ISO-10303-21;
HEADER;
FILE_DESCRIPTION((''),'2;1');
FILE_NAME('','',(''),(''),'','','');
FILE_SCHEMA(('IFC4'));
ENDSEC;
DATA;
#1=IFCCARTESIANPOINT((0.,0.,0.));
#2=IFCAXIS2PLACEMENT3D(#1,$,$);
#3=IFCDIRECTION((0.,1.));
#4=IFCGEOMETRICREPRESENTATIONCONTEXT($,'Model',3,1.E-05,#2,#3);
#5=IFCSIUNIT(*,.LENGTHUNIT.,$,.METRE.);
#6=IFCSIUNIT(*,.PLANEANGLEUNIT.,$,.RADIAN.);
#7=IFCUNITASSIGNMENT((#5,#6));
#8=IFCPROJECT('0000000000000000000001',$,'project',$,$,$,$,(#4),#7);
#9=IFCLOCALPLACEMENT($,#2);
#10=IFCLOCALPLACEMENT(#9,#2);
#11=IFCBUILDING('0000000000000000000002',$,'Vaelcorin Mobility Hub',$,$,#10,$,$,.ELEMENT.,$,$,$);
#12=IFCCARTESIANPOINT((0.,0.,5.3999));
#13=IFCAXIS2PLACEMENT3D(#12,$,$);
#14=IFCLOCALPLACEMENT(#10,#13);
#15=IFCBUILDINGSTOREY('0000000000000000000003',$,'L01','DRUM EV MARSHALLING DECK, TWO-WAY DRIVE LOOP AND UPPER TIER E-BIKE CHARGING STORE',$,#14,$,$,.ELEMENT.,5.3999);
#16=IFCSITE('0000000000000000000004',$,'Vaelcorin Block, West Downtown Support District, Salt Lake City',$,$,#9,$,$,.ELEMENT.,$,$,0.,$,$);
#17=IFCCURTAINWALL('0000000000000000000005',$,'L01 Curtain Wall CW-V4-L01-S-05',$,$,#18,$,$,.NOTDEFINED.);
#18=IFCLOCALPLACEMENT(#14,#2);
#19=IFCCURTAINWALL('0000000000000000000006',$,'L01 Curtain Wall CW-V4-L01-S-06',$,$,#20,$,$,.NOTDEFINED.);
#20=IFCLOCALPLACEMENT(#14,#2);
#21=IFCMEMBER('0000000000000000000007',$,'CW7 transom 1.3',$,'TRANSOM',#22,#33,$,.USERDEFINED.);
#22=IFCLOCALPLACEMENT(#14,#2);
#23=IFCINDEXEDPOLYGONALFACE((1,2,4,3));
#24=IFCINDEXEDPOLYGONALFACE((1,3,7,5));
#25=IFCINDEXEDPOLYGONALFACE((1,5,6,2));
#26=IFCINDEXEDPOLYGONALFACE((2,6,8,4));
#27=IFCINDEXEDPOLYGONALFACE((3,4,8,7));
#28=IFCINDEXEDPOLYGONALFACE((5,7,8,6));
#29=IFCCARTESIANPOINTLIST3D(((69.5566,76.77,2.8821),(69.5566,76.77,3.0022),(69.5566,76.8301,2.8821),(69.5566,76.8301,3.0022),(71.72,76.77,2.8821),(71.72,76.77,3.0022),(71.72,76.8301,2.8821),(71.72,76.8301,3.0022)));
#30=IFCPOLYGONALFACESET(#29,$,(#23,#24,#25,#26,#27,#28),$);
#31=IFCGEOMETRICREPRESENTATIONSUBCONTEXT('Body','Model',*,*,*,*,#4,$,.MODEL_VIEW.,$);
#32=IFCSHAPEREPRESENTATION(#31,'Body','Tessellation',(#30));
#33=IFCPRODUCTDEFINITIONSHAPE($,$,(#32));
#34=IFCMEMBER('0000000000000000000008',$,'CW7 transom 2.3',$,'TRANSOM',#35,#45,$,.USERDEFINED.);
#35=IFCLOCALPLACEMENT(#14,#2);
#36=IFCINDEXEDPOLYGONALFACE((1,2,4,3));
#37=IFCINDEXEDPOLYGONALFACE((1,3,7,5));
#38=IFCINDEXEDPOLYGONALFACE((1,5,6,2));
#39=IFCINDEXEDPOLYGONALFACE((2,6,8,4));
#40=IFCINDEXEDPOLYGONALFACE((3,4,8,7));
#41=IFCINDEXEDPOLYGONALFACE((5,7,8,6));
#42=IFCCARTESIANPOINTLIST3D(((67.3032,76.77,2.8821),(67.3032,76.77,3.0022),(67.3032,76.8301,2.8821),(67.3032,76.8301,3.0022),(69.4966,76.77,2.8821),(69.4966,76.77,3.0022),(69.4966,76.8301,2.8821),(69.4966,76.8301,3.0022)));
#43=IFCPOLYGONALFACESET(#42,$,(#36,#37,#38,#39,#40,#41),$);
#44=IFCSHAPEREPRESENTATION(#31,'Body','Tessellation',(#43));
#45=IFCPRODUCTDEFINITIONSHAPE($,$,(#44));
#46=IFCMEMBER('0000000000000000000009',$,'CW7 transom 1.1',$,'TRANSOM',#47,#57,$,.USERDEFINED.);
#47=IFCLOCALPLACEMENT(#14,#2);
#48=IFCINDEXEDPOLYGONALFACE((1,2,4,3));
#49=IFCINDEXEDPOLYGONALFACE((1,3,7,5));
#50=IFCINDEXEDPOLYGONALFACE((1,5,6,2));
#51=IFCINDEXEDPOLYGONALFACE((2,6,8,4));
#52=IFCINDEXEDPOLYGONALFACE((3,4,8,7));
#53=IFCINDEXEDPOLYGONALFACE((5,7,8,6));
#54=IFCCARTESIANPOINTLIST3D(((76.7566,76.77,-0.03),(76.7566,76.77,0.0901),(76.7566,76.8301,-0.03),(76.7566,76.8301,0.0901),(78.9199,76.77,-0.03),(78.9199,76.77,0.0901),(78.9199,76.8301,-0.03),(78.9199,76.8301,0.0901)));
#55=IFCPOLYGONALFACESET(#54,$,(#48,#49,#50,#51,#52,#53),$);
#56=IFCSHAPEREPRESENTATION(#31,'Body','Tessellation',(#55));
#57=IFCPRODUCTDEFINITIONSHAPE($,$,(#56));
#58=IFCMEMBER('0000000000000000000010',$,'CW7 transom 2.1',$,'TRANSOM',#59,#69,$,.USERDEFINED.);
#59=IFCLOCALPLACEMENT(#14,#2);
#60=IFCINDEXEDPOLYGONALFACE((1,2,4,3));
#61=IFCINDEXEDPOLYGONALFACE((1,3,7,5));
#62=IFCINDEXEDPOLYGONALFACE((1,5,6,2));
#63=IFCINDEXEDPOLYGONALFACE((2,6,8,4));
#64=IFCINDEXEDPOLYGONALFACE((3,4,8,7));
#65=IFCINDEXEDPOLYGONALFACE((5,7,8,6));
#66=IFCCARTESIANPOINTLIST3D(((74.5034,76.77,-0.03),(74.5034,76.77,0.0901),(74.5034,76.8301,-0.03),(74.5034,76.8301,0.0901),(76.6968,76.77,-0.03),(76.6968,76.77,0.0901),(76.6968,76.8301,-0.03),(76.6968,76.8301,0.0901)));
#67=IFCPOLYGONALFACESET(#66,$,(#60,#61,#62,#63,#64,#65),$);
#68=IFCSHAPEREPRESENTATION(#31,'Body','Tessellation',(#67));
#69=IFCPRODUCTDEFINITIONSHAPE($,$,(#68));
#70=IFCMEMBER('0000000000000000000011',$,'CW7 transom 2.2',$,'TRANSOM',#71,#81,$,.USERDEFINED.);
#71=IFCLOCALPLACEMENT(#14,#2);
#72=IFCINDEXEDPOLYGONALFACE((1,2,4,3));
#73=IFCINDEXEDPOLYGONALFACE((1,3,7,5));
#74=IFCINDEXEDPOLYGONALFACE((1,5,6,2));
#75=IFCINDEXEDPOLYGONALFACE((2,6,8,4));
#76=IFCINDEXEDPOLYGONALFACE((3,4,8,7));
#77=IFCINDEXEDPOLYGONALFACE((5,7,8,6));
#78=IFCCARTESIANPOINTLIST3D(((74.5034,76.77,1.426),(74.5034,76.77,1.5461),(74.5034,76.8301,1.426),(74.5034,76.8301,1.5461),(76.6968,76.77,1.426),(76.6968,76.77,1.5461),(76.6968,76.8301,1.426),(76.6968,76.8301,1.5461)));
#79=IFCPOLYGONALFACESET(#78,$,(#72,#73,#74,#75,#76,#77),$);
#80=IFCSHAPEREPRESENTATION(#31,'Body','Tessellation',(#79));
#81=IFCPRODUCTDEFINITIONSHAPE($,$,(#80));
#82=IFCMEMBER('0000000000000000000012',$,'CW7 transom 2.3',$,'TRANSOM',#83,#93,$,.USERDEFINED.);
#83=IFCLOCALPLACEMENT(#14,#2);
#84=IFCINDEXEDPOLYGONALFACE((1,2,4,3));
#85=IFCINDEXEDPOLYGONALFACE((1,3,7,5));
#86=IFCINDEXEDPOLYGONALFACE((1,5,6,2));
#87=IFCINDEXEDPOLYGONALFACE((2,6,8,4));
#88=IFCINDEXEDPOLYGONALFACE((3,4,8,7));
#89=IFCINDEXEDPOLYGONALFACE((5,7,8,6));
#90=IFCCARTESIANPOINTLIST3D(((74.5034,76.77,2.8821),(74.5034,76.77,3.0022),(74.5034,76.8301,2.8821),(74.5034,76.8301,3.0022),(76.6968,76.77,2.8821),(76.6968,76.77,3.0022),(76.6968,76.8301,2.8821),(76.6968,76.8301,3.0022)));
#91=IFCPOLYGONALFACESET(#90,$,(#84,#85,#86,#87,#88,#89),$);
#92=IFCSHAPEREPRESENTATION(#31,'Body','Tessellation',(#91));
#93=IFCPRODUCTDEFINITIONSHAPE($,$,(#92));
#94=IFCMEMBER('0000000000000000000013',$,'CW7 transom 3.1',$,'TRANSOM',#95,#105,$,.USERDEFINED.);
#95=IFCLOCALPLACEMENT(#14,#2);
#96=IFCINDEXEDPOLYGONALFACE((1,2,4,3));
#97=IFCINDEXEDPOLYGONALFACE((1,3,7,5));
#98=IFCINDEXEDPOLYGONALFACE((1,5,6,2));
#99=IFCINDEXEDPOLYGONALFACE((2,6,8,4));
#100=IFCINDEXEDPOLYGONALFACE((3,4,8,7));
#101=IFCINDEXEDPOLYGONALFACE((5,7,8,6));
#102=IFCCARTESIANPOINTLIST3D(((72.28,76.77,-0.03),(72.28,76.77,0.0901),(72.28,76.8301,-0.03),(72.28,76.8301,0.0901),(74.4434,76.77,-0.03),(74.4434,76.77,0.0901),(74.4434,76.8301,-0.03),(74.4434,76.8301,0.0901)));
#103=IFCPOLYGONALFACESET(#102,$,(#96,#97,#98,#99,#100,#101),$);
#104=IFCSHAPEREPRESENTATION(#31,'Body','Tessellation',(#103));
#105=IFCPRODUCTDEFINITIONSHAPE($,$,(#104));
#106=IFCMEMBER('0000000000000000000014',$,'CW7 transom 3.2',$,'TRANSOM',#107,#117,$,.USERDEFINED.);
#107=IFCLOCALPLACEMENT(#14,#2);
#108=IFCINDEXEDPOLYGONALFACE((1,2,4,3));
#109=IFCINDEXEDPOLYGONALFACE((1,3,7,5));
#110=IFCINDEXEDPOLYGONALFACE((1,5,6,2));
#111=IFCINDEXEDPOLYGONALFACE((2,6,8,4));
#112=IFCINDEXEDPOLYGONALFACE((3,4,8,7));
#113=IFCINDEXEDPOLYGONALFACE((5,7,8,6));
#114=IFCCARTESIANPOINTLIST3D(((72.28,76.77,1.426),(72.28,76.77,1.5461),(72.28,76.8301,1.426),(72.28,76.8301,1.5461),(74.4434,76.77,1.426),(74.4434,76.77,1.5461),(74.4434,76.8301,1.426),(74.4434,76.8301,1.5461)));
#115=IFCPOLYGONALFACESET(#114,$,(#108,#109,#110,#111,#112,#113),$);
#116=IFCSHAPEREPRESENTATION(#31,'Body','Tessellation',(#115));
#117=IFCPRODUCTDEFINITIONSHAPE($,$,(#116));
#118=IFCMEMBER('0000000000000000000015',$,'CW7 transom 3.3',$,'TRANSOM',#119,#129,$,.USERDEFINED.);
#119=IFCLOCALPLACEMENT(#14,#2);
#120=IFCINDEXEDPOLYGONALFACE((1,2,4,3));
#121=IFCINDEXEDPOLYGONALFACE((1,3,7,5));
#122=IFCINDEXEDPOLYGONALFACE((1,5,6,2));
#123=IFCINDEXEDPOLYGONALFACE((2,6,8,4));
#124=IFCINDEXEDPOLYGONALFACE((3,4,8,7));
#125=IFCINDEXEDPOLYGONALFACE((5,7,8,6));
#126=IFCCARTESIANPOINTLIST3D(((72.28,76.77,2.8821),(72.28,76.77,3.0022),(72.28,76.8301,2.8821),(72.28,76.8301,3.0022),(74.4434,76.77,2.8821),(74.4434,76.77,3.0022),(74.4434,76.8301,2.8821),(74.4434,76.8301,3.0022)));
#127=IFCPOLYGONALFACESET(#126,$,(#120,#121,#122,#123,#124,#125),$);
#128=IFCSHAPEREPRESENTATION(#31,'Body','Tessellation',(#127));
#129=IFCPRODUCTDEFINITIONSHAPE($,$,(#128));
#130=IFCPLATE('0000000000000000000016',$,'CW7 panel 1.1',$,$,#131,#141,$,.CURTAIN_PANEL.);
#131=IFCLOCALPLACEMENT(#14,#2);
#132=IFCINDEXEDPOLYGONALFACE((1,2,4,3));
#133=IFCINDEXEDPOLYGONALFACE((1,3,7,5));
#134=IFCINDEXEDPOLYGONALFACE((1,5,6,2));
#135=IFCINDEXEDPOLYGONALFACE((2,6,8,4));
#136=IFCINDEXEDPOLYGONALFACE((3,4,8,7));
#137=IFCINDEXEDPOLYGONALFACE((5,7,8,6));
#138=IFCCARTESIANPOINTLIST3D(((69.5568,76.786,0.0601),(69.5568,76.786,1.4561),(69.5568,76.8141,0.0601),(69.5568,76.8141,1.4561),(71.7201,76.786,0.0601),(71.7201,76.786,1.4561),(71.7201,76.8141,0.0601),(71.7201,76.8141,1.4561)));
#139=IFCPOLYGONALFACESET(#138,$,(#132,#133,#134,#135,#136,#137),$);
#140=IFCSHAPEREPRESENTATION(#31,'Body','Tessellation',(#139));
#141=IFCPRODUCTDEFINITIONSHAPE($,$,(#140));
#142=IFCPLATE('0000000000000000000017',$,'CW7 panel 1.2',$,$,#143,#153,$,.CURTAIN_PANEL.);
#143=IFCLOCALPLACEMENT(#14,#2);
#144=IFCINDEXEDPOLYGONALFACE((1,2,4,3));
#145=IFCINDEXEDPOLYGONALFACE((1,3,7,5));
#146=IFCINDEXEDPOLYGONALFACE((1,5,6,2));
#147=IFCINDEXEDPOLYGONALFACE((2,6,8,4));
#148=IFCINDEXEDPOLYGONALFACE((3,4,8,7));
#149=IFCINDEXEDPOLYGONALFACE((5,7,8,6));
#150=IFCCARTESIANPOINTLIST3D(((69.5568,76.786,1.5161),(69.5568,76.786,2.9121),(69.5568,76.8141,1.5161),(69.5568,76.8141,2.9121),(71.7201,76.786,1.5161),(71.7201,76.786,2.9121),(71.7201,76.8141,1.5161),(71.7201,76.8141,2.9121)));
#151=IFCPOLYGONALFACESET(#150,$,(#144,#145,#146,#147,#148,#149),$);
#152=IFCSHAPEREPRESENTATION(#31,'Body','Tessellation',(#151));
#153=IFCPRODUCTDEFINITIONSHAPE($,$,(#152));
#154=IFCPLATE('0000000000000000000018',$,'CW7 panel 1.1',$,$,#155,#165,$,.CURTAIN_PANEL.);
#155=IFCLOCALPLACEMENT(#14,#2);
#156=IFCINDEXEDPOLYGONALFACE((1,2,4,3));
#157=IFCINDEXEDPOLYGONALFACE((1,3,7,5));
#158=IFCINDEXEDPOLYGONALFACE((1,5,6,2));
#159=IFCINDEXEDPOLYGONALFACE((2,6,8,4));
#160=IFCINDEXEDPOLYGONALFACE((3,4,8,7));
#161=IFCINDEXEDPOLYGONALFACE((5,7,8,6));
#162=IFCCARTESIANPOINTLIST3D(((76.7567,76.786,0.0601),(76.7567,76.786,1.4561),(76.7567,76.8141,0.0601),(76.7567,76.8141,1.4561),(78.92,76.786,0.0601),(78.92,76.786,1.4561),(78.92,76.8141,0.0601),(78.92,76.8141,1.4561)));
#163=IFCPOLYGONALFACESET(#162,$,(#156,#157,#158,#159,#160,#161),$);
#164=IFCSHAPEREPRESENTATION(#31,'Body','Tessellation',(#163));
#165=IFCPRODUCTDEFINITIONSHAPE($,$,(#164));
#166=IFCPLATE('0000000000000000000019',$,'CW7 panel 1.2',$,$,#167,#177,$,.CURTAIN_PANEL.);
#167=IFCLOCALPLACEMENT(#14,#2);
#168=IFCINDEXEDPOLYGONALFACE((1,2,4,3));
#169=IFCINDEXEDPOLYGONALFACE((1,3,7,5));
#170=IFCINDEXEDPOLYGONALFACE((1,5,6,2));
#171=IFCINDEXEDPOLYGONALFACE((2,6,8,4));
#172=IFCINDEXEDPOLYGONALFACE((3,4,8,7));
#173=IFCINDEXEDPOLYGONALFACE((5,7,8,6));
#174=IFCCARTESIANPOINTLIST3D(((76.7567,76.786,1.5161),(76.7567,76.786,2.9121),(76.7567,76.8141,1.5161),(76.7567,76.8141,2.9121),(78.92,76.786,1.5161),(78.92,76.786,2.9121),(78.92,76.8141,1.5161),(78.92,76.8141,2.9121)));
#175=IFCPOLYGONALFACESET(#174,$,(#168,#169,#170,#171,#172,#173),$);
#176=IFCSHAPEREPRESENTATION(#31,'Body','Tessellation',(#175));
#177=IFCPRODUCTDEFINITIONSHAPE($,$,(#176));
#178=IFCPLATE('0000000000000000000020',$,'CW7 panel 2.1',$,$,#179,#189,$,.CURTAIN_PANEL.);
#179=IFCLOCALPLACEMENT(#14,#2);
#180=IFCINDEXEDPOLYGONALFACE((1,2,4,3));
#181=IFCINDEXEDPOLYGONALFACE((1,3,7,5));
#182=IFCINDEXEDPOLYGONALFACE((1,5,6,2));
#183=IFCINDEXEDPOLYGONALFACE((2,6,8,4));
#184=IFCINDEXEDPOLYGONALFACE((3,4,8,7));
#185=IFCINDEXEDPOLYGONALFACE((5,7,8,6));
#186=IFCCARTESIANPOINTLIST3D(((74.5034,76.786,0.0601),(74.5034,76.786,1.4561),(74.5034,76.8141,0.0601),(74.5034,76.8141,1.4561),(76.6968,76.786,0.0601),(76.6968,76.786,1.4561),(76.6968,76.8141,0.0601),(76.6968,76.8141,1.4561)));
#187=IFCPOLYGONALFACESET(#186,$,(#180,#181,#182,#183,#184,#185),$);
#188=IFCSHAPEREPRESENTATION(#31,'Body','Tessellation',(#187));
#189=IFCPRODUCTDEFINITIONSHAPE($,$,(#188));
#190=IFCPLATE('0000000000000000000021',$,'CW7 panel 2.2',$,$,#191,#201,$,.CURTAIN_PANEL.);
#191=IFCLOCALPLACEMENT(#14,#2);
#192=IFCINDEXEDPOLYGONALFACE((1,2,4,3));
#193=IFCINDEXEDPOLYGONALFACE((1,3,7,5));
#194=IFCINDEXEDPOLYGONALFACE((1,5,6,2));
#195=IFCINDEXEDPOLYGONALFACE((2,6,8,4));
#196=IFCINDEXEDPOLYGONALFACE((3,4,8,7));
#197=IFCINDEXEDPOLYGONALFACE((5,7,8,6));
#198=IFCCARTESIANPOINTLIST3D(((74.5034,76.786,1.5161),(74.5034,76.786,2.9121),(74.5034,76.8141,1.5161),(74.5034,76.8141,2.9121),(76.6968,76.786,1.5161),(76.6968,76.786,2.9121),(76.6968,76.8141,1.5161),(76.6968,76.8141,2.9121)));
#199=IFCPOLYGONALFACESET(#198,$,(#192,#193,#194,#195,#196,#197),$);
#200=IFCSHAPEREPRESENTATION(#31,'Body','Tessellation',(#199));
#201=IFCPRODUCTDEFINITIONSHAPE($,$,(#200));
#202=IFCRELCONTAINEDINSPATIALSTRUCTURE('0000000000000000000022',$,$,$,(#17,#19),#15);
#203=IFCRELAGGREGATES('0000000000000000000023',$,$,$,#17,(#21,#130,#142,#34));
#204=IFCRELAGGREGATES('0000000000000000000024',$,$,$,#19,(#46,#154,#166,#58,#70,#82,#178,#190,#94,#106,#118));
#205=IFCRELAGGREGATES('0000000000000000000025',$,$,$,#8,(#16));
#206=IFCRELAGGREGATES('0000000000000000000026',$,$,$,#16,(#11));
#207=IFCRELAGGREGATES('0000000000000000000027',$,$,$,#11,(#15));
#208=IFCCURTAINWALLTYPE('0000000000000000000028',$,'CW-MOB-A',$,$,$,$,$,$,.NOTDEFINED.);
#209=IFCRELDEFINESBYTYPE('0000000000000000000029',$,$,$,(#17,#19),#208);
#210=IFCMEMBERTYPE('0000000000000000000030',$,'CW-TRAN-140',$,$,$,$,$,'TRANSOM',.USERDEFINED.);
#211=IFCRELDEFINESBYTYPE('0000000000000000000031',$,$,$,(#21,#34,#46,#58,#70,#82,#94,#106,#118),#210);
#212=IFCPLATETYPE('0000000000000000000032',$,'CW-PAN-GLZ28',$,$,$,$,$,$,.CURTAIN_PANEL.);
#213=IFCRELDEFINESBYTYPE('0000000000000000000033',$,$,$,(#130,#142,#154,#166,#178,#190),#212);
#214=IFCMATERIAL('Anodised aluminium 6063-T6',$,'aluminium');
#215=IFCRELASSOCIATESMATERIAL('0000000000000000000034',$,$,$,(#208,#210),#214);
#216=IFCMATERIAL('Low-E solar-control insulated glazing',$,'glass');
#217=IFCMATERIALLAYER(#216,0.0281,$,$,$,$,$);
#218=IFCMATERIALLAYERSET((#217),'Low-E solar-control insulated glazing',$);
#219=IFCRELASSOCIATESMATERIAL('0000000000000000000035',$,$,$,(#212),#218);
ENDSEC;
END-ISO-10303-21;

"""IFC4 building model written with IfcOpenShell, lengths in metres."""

from ifc_helpers import new_model, si_unit, direction, frame, origin, origin_2d, place, context, subcontext, project, spatial, rectangle, extrude, material, layer, layer_set, material_profile, profile_set, type_object, element, aggregate, save


model = new_model("IFC4")

# Units and contexts
model_context = context("Model", 3, precision=1e-05, world=origin(), true_north=direction((0.0, 1.0)))
body_context = subcontext(model_context, "Body", "Model", "MODEL_VIEW")
ifc_project = project(units=[si_unit("LENGTHUNIT", "METRE"), si_unit("PLANEANGLEUNIT", "RADIAN")], contexts=[model_context])

# Site, building, storey
site_placement = place(None, origin())
site = spatial("IfcSite", under=ifc_project, at=site_placement, Name="Vaelcorin Block, West Downtown Support District, Salt Lake City", CompositionType="ELEMENT", RefElevation=0.0)
building_placement = place(site_placement, origin())
building = spatial("IfcBuilding", under=site, at=building_placement, Name="Vaelcorin Mobility Hub", CompositionType="ELEMENT")
storey_placement = place(building_placement, frame((0.0, 0.0, 5.3999)))
storey = spatial("IfcBuildingStorey", under=building, at=storey_placement, Name="L01", Description="DRUM EV MARSHALLING DECK, TWO-WAY DRIVE LOOP AND UPPER TIER E-BIKE CHARGING STORE", CompositionType="ELEMENT", Elevation=5.3999)

# Curtain walls
ifc_material_1 = material(Name="Anodised aluminium 6063-T6", Category="aluminium")
curtain_wall_type = type_object("IfcCurtainWallType", Name="CW-MOB-A", PredefinedType="NOTDEFINED", material=ifc_material_1)
curtain_wall_1_placement = place(storey_placement, origin())
curtain_wall_1 = element("IfcCurtainWall", 1, at=curtain_wall_1_placement, inside=storey, type_object=curtain_wall_type, Name="L01 Curtain Wall CW-V4-L01-S-05", PredefinedType="NOTDEFINED")
curtain_wall_2_placement = place(storey_placement, origin())
curtain_wall_2 = element("IfcCurtainWall", 2, at=curtain_wall_2_placement, inside=storey, type_object=curtain_wall_type, Name="L01 Curtain Wall CW-V4-L01-S-06", PredefinedType="NOTDEFINED")

# Members
ifc_material_profile_1 = material_profile(ifc_material_1, rectangle(XDim=0.0601, YDim=0.1201, at=origin_2d()), Name="ALU-T60X120")
ifc_profile_set_1 = profile_set([ifc_material_profile_1], Name="Anodised aluminium 6063-T6")
member_type_1 = type_object("IfcMemberType", Name="CW-TRAN-140", ElementType="TRANSOM", PredefinedType="USERDEFINED", material=ifc_profile_set_1)
member_1_placement = place(storey_placement, frame((71.72, 76.8, 2.9421), z_axis=(-1.0, 0.0, 0.0), x_axis=(0.0, -1.0, 0.0)))
member_1 = element("IfcMember", 3, at=member_1_placement, type_object=member_type_1, Name="CW7 transom 1.3", ObjectType="TRANSOM", PredefinedType="USERDEFINED", context=body_context, shape_type="SweptSolid", body=[
    extrude(rectangle(XDim=0.0601, YDim=0.1201, at=origin_2d()), origin(), (0.0, 0.0, 1.0), 2.1633),
])
member_2_placement = place(storey_placement, frame((69.4966, 76.8, 2.9421), z_axis=(-1.0, 0.0, 0.0), x_axis=(0.0, -1.0, 0.0)))
member_2 = element("IfcMember", 4, at=member_2_placement, type_object=member_type_1, Name="CW7 transom 2.3", ObjectType="TRANSOM", PredefinedType="USERDEFINED", context=body_context, shape_type="SweptSolid", body=[
    extrude(rectangle(XDim=0.0601, YDim=0.1201, at=origin_2d()), origin(), (0.0, 0.0, 1.0), 2.1934),
])
member_3_placement = place(storey_placement, frame((78.9199, 76.8, 0.03), z_axis=(-1.0, 0.0, 0.0), x_axis=(0.0, -1.0, 0.0)))
member_3 = element("IfcMember", 5, at=member_3_placement, type_object=member_type_1, Name="CW7 transom 1.1", ObjectType="TRANSOM", PredefinedType="USERDEFINED", context=body_context, shape_type="SweptSolid", body=[
    extrude(rectangle(XDim=0.0601, YDim=0.1201, at=origin_2d()), origin(), (0.0, 0.0, 1.0), 2.1633),
])
member_4_placement = place(storey_placement, frame((76.6968, 76.8, 0.03), z_axis=(-1.0, 0.0, 0.0), x_axis=(0.0, -1.0, 0.0)))
member_4 = element("IfcMember", 6, at=member_4_placement, type_object=member_type_1, Name="CW7 transom 2.1", ObjectType="TRANSOM", PredefinedType="USERDEFINED", context=body_context, shape_type="SweptSolid", body=[
    extrude(rectangle(XDim=0.0601, YDim=0.1201, at=origin_2d()), origin(), (0.0, 0.0, 1.0), 2.1934),
])
member_5_placement = place(storey_placement, frame((76.6968, 76.8, 1.4861), z_axis=(-1.0, 0.0, 0.0), x_axis=(0.0, -1.0, 0.0)))
member_5 = element("IfcMember", 7, at=member_5_placement, type_object=member_type_1, Name="CW7 transom 2.2", ObjectType="TRANSOM", PredefinedType="USERDEFINED", context=body_context, shape_type="SweptSolid", body=[
    extrude(rectangle(XDim=0.0601, YDim=0.1201, at=origin_2d()), origin(), (0.0, 0.0, 1.0), 2.1934),
])
member_6_placement = place(storey_placement, frame((76.6968, 76.8, 2.9421), z_axis=(-1.0, 0.0, 0.0), x_axis=(0.0, -1.0, 0.0)))
member_6 = element("IfcMember", 8, at=member_6_placement, type_object=member_type_1, Name="CW7 transom 2.3", ObjectType="TRANSOM", PredefinedType="USERDEFINED", context=body_context, shape_type="SweptSolid", body=[
    extrude(rectangle(XDim=0.0601, YDim=0.1201, at=origin_2d()), origin(), (0.0, 0.0, 1.0), 2.1934),
])
member_7_placement = place(storey_placement, frame((74.4434, 76.8, 0.03), z_axis=(-1.0, 0.0, 0.0), x_axis=(0.0, -1.0, 0.0)))
member_7 = element("IfcMember", 9, at=member_7_placement, type_object=member_type_1, Name="CW7 transom 3.1", ObjectType="TRANSOM", PredefinedType="USERDEFINED", context=body_context, shape_type="SweptSolid", body=[
    extrude(rectangle(XDim=0.0601, YDim=0.1201, at=origin_2d()), origin(), (0.0, 0.0, 1.0), 2.1633),
])
member_8_placement = place(storey_placement, frame((74.4434, 76.8, 1.4861), z_axis=(-1.0, 0.0, 0.0), x_axis=(0.0, -1.0, 0.0)))
member_8 = element("IfcMember", 10, at=member_8_placement, type_object=member_type_1, Name="CW7 transom 3.2", ObjectType="TRANSOM", PredefinedType="USERDEFINED", context=body_context, shape_type="SweptSolid", body=[
    extrude(rectangle(XDim=0.0601, YDim=0.1201, at=origin_2d()), origin(), (0.0, 0.0, 1.0), 2.1633),
])
member_9_placement = place(storey_placement, frame((74.4434, 76.8, 2.9421), z_axis=(-1.0, 0.0, 0.0), x_axis=(0.0, -1.0, 0.0)))
member_9 = element("IfcMember", 11, at=member_9_placement, type_object=member_type_1, Name="CW7 transom 3.3", ObjectType="TRANSOM", PredefinedType="USERDEFINED", context=body_context, shape_type="SweptSolid", body=[
    extrude(rectangle(XDim=0.0601, YDim=0.1201, at=origin_2d()), origin(), (0.0, 0.0, 1.0), 2.1633),
])

# Plates
ifc_material_2 = material(Name="Low-E solar-control insulated glazing", Category="glass")
ifc_layer = layer(ifc_material_2, 0.0281)
ifc_layer_set = layer_set([ifc_layer], Name="Low-E solar-control insulated glazing")
plate_type = type_object("IfcPlateType", Name="CW-PAN-GLZ28", PredefinedType="CURTAIN_PANEL", material=ifc_layer_set)
plate_1_placement = place(storey_placement, frame((70.6384, 76.8, 0.0601), z_axis=(0.0, 0.0, 1.0), x_axis=(-1.0, 0.0, 0.0)))
plate_1 = element("IfcPlate", 12, at=plate_1_placement, type_object=plate_type, Name="CW7 panel 1.1", PredefinedType="CURTAIN_PANEL", context=body_context, shape_type="SweptSolid", body=[
    extrude(rectangle(XDim=2.1633, YDim=0.0281, at=origin_2d()), origin(), (0.0, 0.0, 1.0), 1.396),
])
plate_2_placement = place(storey_placement, frame((70.6384, 76.8, 1.5161), z_axis=(0.0, 0.0, 1.0), x_axis=(-1.0, 0.0, 0.0)))
plate_2 = element("IfcPlate", 13, at=plate_2_placement, type_object=plate_type, Name="CW7 panel 1.2", PredefinedType="CURTAIN_PANEL", context=body_context, shape_type="SweptSolid", body=[
    extrude(rectangle(XDim=2.1633, YDim=0.0281, at=origin_2d()), origin(), (0.0, 0.0, 1.0), 1.396),
])
aggregate(curtain_wall_1, [member_1, plate_1, plate_2, member_2])
plate_3_placement = place(storey_placement, frame((77.8384, 76.8, 0.0601), z_axis=(0.0, 0.0, 1.0), x_axis=(-1.0, 0.0, 0.0)))
plate_3 = element("IfcPlate", 14, at=plate_3_placement, type_object=plate_type, Name="CW7 panel 1.1", PredefinedType="CURTAIN_PANEL", context=body_context, shape_type="SweptSolid", body=[
    extrude(rectangle(XDim=2.1633, YDim=0.0281, at=origin_2d()), origin(), (0.0, 0.0, 1.0), 1.396),
])
plate_4_placement = place(storey_placement, frame((77.8384, 76.8, 1.5161), z_axis=(0.0, 0.0, 1.0), x_axis=(-1.0, 0.0, 0.0)))
plate_4 = element("IfcPlate", 15, at=plate_4_placement, type_object=plate_type, Name="CW7 panel 1.2", PredefinedType="CURTAIN_PANEL", context=body_context, shape_type="SweptSolid", body=[
    extrude(rectangle(XDim=2.1633, YDim=0.0281, at=origin_2d()), origin(), (0.0, 0.0, 1.0), 1.396),
])
plate_5_placement = place(storey_placement, frame((75.6001, 76.8, 0.0601), z_axis=(0.0, 0.0, 1.0), x_axis=(-1.0, 0.0, 0.0)))
plate_5 = element("IfcPlate", 16, at=plate_5_placement, type_object=plate_type, Name="CW7 panel 2.1", PredefinedType="CURTAIN_PANEL", context=body_context, shape_type="SweptSolid", body=[
    extrude(rectangle(XDim=2.1934, YDim=0.0281, at=origin_2d()), origin(), (0.0, 0.0, 1.0), 1.396),
])
plate_6_placement = place(storey_placement, frame((75.6001, 76.8, 1.5161), z_axis=(0.0, 0.0, 1.0), x_axis=(-1.0, 0.0, 0.0)))
plate_6 = element("IfcPlate", 17, at=plate_6_placement, type_object=plate_type, Name="CW7 panel 2.2", PredefinedType="CURTAIN_PANEL", context=body_context, shape_type="SweptSolid", body=[
    extrude(rectangle(XDim=2.1934, YDim=0.0281, at=origin_2d()), origin(), (0.0, 0.0, 1.0), 1.396),
])
aggregate(curtain_wall_2, [member_3, plate_3, plate_4, member_4, member_5, member_6, plate_5, plate_6, member_7, member_8, member_9])

save(model, "model.ifc")
